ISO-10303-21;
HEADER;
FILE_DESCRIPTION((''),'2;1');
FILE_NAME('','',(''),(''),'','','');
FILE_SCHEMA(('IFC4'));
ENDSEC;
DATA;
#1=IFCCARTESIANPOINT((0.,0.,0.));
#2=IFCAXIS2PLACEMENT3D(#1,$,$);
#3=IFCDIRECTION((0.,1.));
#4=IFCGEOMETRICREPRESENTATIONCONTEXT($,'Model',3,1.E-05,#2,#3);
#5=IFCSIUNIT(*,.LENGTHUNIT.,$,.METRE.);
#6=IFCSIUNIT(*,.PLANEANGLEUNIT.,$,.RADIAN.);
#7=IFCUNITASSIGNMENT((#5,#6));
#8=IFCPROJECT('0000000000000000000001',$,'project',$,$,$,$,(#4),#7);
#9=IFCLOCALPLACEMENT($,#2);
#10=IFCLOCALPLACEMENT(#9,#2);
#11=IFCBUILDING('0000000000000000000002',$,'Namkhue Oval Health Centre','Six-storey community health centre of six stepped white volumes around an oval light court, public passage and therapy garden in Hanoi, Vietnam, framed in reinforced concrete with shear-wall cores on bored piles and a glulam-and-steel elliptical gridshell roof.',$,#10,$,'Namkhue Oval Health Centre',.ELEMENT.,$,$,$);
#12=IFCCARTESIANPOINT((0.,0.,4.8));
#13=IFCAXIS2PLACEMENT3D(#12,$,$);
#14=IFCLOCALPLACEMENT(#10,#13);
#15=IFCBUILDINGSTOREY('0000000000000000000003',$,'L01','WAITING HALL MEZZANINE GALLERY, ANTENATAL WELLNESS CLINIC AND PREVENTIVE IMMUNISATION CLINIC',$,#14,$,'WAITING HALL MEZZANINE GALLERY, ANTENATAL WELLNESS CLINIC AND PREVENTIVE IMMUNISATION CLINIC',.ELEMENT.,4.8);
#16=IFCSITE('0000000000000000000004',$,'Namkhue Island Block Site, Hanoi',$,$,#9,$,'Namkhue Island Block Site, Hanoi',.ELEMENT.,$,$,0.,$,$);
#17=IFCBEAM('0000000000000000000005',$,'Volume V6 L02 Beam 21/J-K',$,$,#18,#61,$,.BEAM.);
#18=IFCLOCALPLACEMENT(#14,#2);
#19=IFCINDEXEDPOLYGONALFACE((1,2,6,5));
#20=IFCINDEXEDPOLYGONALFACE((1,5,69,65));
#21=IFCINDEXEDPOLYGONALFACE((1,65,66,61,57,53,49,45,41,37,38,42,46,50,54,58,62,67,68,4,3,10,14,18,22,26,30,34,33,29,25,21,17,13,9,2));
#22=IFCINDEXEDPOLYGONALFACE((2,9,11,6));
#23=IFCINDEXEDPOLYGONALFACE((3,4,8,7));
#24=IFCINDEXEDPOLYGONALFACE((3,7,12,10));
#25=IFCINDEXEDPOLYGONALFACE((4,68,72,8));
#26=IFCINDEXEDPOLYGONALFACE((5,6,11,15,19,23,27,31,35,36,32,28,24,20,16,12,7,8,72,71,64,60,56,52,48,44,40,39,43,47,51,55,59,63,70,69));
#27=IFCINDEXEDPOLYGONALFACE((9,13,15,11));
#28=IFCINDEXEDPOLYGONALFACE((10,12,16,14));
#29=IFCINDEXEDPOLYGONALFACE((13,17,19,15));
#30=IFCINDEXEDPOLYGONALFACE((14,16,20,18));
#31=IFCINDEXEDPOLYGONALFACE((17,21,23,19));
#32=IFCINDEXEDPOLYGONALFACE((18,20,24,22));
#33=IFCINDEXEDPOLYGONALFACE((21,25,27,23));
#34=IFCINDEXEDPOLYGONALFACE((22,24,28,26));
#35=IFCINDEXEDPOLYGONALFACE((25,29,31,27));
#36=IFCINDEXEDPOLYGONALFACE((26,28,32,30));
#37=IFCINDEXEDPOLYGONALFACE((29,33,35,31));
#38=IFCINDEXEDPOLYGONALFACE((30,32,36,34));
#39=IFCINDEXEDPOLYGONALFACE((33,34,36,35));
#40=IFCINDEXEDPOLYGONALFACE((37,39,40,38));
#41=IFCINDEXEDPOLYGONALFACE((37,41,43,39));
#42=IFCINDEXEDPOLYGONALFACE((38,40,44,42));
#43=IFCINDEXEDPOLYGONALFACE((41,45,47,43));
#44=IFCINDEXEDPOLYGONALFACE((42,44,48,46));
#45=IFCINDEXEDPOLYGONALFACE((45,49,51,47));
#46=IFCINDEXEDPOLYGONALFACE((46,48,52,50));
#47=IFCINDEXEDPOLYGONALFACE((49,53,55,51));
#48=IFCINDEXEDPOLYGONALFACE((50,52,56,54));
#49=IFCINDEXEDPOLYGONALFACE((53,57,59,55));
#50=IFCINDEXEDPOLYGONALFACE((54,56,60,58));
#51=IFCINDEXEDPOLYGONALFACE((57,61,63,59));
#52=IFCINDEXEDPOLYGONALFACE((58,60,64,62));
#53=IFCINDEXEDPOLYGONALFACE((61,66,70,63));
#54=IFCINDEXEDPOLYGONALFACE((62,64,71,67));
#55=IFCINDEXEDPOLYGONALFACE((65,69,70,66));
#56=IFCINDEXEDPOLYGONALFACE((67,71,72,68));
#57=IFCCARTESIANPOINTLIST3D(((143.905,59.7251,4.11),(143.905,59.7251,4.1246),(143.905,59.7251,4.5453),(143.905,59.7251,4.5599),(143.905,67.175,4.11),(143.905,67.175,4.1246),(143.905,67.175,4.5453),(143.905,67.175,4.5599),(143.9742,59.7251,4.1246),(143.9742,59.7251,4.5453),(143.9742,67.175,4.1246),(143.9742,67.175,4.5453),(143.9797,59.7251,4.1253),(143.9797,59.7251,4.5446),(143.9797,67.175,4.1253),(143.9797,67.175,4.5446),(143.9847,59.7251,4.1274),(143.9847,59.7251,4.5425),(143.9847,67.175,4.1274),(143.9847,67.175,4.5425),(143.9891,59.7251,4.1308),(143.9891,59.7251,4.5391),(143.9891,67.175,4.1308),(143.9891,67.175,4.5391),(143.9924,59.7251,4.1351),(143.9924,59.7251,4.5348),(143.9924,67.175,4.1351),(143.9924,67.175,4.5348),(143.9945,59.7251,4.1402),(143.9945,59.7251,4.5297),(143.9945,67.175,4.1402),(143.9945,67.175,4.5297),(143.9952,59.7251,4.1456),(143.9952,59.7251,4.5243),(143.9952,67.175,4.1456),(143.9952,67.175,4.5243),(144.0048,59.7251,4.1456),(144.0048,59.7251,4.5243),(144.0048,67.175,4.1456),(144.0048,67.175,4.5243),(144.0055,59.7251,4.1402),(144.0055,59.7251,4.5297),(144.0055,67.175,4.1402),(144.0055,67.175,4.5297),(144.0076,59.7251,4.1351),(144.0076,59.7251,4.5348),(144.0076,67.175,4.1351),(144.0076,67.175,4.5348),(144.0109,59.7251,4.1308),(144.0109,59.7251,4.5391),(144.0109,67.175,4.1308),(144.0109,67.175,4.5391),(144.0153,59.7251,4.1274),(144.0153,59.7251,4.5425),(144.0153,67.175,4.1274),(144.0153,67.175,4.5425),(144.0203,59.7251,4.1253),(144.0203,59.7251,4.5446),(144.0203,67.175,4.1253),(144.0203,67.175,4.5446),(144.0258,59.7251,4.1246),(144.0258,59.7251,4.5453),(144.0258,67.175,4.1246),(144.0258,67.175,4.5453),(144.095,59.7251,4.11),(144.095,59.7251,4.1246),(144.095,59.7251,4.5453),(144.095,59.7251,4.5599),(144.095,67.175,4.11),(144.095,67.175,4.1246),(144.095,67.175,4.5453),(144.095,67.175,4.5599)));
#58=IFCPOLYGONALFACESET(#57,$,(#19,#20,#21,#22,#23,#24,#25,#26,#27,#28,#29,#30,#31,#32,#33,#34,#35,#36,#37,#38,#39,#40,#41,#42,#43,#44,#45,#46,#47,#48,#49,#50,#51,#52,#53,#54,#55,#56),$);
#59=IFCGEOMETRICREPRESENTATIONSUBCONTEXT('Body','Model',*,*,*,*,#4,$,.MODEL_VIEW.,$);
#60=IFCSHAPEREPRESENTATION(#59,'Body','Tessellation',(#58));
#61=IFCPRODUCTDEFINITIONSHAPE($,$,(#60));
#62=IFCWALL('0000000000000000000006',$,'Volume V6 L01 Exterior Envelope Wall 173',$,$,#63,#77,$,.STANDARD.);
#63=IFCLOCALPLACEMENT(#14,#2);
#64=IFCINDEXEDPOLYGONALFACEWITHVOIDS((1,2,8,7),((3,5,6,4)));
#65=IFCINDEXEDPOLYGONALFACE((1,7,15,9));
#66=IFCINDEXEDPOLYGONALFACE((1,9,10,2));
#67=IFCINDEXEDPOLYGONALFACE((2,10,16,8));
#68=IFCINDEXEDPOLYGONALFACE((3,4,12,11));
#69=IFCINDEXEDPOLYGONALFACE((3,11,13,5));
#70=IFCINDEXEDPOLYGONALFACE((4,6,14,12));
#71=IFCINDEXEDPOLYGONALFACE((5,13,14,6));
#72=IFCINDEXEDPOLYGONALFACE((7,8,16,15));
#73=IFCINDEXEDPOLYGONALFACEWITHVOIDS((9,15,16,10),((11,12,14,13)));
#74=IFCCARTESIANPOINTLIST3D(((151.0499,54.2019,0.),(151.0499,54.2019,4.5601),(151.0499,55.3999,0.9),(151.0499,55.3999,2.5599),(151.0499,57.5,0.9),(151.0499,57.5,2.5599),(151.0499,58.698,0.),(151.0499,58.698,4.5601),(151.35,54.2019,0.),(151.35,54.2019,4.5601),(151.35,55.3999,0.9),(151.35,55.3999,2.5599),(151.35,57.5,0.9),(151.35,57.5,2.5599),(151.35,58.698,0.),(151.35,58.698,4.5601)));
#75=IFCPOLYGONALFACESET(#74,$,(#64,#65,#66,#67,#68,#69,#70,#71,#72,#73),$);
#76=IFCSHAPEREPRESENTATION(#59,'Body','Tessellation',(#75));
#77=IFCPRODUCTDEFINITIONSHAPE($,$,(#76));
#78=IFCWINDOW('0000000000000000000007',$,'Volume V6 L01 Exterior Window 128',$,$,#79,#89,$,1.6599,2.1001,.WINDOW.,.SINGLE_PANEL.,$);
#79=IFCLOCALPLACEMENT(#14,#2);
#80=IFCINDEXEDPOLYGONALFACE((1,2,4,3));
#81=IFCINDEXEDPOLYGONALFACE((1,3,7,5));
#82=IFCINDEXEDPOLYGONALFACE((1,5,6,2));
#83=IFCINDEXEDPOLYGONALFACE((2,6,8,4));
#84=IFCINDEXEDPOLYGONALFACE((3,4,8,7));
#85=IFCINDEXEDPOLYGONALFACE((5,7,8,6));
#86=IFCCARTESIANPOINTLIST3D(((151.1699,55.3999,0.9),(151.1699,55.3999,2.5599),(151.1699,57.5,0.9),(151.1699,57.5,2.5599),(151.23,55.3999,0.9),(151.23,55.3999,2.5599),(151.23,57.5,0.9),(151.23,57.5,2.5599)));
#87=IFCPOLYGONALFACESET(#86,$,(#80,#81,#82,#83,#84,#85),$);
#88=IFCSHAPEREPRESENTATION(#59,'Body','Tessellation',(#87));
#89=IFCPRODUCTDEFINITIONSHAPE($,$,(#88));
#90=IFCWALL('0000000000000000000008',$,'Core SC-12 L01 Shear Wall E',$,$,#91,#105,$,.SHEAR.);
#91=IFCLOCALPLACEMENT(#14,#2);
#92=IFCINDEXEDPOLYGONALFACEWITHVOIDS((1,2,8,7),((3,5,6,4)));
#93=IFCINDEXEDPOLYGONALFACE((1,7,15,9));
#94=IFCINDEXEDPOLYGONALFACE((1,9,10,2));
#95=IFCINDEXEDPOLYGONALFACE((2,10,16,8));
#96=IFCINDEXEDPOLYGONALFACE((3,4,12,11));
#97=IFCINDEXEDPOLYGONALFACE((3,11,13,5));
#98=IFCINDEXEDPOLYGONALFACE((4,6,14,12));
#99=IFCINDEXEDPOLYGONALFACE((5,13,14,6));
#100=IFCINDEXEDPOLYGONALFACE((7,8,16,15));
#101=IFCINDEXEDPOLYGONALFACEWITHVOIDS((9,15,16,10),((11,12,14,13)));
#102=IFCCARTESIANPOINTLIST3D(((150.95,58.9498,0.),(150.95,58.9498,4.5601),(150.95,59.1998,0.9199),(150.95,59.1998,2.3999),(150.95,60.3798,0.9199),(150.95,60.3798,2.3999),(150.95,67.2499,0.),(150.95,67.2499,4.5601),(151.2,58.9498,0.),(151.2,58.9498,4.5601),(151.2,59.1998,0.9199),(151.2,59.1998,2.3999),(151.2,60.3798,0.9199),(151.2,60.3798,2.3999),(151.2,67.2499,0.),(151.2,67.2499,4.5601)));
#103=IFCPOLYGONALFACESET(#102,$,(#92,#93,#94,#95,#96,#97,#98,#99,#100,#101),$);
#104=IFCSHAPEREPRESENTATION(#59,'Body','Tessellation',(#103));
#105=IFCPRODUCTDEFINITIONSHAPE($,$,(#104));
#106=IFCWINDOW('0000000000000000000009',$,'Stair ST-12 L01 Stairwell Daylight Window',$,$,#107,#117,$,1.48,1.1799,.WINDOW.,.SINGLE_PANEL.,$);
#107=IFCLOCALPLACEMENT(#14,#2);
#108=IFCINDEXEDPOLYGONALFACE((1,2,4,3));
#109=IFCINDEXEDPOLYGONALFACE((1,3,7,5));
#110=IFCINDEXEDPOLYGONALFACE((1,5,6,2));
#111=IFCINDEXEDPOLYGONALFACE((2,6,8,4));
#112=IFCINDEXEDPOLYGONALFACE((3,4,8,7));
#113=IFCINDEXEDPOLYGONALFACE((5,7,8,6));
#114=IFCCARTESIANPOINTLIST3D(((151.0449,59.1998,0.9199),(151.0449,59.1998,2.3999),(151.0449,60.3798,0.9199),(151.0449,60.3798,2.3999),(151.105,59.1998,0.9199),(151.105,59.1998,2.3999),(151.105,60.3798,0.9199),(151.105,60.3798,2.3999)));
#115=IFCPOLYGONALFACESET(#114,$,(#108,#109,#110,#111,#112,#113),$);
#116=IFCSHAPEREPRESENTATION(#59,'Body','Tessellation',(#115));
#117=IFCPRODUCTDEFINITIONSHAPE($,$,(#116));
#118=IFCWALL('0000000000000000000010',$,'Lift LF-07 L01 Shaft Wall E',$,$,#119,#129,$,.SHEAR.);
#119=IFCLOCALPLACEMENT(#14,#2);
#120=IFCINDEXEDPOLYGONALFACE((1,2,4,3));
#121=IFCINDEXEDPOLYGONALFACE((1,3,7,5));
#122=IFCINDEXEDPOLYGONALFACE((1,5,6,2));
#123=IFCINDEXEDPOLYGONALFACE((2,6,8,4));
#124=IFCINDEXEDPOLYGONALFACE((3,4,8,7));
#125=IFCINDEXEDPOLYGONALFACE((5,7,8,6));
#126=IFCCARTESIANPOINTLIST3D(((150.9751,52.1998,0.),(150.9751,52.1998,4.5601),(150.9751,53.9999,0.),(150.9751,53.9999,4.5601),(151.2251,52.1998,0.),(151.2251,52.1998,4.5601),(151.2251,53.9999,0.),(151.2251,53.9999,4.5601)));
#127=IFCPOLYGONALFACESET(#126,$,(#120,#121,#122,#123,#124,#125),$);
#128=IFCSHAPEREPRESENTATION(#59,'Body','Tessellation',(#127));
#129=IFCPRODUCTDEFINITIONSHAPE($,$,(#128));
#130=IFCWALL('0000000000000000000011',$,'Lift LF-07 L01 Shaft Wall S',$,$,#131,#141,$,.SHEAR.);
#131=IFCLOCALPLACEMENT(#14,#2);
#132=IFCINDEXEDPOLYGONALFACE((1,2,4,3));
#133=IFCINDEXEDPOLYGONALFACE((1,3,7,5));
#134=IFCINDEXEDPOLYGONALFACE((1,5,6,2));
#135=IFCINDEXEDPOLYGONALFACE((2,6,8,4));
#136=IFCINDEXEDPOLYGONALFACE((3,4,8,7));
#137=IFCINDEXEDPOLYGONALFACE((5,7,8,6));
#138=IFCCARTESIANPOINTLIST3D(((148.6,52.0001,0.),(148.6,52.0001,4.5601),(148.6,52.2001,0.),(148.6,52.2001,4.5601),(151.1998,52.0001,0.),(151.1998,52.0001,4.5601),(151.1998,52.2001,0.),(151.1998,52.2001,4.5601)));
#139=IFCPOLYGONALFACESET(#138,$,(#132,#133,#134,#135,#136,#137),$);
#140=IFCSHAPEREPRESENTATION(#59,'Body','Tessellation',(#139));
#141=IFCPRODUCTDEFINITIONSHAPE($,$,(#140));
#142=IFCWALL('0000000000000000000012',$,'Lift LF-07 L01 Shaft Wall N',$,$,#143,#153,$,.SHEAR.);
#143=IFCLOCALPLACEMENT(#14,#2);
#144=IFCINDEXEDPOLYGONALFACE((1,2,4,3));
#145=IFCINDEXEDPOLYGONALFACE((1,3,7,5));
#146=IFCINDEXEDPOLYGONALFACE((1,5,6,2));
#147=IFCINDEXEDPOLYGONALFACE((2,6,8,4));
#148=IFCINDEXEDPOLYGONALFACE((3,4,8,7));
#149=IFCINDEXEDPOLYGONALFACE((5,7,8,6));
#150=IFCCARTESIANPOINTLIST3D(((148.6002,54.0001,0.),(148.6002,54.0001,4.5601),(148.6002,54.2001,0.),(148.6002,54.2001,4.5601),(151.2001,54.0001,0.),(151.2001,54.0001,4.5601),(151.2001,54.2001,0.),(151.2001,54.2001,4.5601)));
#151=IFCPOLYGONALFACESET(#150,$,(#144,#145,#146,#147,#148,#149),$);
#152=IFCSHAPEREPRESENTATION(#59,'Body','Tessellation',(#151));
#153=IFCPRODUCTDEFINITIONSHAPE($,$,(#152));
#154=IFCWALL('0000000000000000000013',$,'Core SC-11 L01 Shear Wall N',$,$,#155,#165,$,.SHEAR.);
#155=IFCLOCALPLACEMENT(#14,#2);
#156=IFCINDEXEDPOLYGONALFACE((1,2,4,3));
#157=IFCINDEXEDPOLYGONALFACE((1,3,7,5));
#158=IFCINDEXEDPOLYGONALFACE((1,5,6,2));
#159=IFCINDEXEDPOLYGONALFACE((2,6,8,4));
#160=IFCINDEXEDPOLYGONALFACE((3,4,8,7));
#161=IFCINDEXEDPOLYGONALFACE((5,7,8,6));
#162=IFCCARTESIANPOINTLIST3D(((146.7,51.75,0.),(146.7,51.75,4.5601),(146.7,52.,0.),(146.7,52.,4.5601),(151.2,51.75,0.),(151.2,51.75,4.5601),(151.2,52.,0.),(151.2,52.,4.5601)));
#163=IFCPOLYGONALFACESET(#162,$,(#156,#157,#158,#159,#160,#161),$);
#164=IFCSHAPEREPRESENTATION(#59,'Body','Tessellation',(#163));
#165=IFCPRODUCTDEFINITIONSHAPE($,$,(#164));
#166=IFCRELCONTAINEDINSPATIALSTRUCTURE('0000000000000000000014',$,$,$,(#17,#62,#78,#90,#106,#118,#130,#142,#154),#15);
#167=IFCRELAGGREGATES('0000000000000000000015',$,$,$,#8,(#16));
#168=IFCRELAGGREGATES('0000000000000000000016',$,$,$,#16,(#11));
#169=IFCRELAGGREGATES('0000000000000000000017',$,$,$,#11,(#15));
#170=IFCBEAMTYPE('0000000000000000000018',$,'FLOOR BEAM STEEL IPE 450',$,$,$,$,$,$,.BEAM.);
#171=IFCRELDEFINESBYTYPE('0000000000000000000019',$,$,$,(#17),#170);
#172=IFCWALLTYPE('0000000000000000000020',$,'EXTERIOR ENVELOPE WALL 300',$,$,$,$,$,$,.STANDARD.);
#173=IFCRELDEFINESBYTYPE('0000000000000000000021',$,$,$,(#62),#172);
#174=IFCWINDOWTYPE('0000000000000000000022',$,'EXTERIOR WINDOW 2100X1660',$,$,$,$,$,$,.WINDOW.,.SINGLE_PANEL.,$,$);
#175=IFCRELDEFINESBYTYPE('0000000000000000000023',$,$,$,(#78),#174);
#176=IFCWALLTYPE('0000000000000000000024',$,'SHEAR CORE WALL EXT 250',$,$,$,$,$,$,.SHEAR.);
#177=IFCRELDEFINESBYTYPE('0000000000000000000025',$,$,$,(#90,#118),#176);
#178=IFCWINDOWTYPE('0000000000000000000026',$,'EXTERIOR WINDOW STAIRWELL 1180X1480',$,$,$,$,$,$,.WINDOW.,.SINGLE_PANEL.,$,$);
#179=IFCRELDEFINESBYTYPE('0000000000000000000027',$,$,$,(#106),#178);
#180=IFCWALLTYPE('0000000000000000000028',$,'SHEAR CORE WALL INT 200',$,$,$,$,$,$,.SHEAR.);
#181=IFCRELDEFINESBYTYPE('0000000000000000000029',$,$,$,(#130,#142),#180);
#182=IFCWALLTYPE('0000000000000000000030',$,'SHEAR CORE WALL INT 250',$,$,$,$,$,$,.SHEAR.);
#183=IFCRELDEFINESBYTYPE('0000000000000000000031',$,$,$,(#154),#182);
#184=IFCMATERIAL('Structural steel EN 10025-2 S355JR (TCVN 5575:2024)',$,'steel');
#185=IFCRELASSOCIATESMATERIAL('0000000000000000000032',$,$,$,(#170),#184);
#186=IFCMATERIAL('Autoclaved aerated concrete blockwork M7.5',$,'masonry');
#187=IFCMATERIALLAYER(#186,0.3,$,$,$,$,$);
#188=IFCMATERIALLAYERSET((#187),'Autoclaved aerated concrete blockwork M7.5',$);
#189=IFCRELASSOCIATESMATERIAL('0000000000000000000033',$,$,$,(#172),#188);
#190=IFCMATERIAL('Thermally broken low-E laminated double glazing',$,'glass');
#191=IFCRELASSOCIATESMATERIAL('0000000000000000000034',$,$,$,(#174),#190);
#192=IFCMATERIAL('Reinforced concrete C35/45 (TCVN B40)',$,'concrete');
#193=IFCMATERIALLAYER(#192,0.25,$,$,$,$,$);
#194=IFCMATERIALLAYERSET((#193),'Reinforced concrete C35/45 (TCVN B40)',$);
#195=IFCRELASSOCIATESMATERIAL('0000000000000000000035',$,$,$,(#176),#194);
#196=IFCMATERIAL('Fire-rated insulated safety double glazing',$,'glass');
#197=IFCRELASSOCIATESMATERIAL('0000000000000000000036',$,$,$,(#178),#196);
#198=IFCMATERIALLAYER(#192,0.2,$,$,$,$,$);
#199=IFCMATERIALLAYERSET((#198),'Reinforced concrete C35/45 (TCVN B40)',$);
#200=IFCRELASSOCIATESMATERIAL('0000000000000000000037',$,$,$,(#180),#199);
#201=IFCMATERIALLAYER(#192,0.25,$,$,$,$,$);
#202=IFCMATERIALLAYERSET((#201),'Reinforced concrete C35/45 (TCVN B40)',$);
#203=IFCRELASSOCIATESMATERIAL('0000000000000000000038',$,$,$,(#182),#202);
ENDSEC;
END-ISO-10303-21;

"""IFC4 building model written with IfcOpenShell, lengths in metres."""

from ifc_helpers import new_model, si_unit, direction, frame, frame_2d, origin, origin_2d, place, context, subcontext, project, spatial, rectangle, i_section, extrude, material, layer, layer_set, material_profile, profile_set, type_object, element, fill, save


model = new_model("IFC4")

# Units and contexts
model_context = context("Model", 3, precision=1e-05, world=origin(), true_north=direction((0.0, 1.0)))
body_context = subcontext(model_context, "Body", "Model", "MODEL_VIEW")
ifc_project = project(units=[si_unit("LENGTHUNIT", "METRE"), si_unit("PLANEANGLEUNIT", "RADIAN")], contexts=[model_context])

# Site, building, storey
site_placement = place(None, origin())
site = spatial("IfcSite", under=ifc_project, at=site_placement, Name="Namkhue Island Block Site, Hanoi", LongName="Namkhue Island Block Site, Hanoi", CompositionType="ELEMENT", RefElevation=0.0)
building_placement = place(site_placement, origin())
building = spatial("IfcBuilding", under=site, at=building_placement, Name="Namkhue Oval Health Centre", Description="Six-storey community health centre of six stepped white volumes around an oval light court, public passage and therapy garden in Hanoi, Vietnam, framed in reinforced concrete with shear-wall cores on bored piles and a glulam-and-steel elliptical gridshell roof.", LongName="Namkhue Oval Health Centre", CompositionType="ELEMENT")
storey_placement = place(building_placement, frame((0.0, 0.0, 4.8)))
storey = spatial("IfcBuildingStorey", under=building, at=storey_placement, Name="L01", Description="WAITING HALL MEZZANINE GALLERY, ANTENATAL WELLNESS CLINIC AND PREVENTIVE IMMUNISATION CLINIC", LongName="WAITING HALL MEZZANINE GALLERY, ANTENATAL WELLNESS CLINIC AND PREVENTIVE IMMUNISATION CLINIC", CompositionType="ELEMENT", Elevation=4.8)

# Shared definitions
ifc_material_1 = material(Name="Reinforced concrete C35/45 (TCVN B40)", Category="concrete")

# Beam
ifc_material_2 = material(Name="Structural steel EN 10025-2 S355JR (TCVN 5575:2024)", Category="steel")
ifc_material_profile_1 = material_profile(ifc_material_2, i_section(OverallWidth=0.1899, OverallDepth=0.45, WebThickness=0.0095, FlangeThickness=0.0146, FilletRadius=0.021, at=origin_2d()), Name="IPE 450")
ifc_profile_set_1 = profile_set([ifc_material_profile_1], Name="Structural steel EN 10025-2 S355JR (TCVN 5575:2024)")
beam_type = type_object("IfcBeamType", Name="FLOOR BEAM STEEL IPE 450", PredefinedType="BEAM", material=ifc_profile_set_1)
for number, where, z_axis, x_axis, name in (
    (1, (144.0, 59.7251, 4.335), (0.0, 1.0, 0.0), (-1.0, 0.0, 0.0), "Volume V6 L02 Beam 21/J-K"),
):
    element("IfcBeam", number, at=place(storey_placement, frame(where, z_axis=z_axis, x_axis=x_axis)), inside=storey, type_object=beam_type, Name=name, PredefinedType="BEAM", context=body_context, shape_type="SweptSolid", body=[
        extrude(i_section(OverallWidth=0.1899, OverallDepth=0.45, WebThickness=0.0095, FlangeThickness=0.0146, FilletRadius=0.021, at=origin_2d()), origin(), (0.0, 0.0, 1.0), 7.45),
    ])

# Walls, openings, windows
ifc_material_3 = material(Name="Autoclaved aerated concrete blockwork M7.5", Category="masonry")
ifc_layer_1 = layer(ifc_material_3, 0.3)
ifc_layer_set_1 = layer_set([ifc_layer_1], Name="Autoclaved aerated concrete blockwork M7.5")
wall_type_1 = type_object("IfcWallType", Name="EXTERIOR ENVELOPE WALL 300", PredefinedType="STANDARD", material=ifc_layer_set_1)
wall_1_placement = place(storey_placement, frame((151.2, 54.2019, 0.0), z_axis=(0.0, 0.0, 1.0), x_axis=(0.0, 1.0, 0.0)))
wall_1 = element("IfcWall", 2, at=wall_1_placement, inside=storey, type_object=wall_type_1, Name="Volume V6 L01 Exterior Envelope Wall 173", PredefinedType="STANDARD", context=body_context, shape_type="SweptSolid", body=[
    extrude(rectangle(XDim=4.4961, YDim=0.3, at=frame_2d((2.248, 0.0))), origin(), (0.0, 0.0, 1.0), 4.5601),
])
opening_1_placement = place(wall_1_placement, frame((1.198, 0.0, 0.8999)))
opening_1 = element("IfcOpeningElement", 3, at=opening_1_placement, cuts=wall_1, PredefinedType="OPENING", context=body_context, shape_type="SweptSolid", body=[
    extrude(rectangle(XDim=2.1001, YDim=1.6599, at=frame_2d((1.05, 0.8301))), frame((0.0, 0.1599, 0.0), z_axis=(0.0, -1.0, 0.0), x_axis=(1.0, 0.0, 0.0)), (0.0, 0.0, 1.0), 0.3201),
])
ifc_material_4 = material(Name="Thermally broken low-E laminated double glazing", Category="glass")
window_type_1 = type_object("IfcWindowType", Name="EXTERIOR WINDOW 2100X1660", PartitioningType="SINGLE_PANEL", PredefinedType="WINDOW", material=ifc_material_4)
window_1_placement = place(opening_1_placement, origin())
window_1 = element("IfcWindow", 4, at=window_1_placement, inside=storey, type_object=window_type_1, Name="Volume V6 L01 Exterior Window 128", OverallHeight=1.6599, OverallWidth=2.1001, PartitioningType="SINGLE_PANEL", PredefinedType="WINDOW", context=body_context, shape_type="SweptSolid", body=[
    extrude(rectangle(XDim=2.1001, YDim=1.6599, at=frame_2d((1.05, 0.8301))), frame((0.0, 0.03, 0.0), z_axis=(0.0, -1.0, 0.0), x_axis=(1.0, 0.0, 0.0)), (0.0, 0.0, 1.0), 0.0601),
])
fill(opening_1, window_1)
ifc_layer_2 = layer(ifc_material_1, 0.25)
ifc_layer_set_2 = layer_set([ifc_layer_2], Name="Reinforced concrete C35/45 (TCVN B40)")
wall_type_2 = type_object("IfcWallType", Name="SHEAR CORE WALL EXT 250", PredefinedType="SHEAR", material=ifc_layer_set_2)
wall_2_placement = place(storey_placement, frame((151.075, 58.95, 0.0), z_axis=(0.0, 0.0, 1.0), x_axis=(0.0, 1.0, 0.0)))
wall_2 = element("IfcWall", 5, at=wall_2_placement, inside=storey, type_object=wall_type_2, Name="Core SC-12 L01 Shear Wall E", PredefinedType="SHEAR", context=body_context, shape_type="SweptSolid", body=[
    extrude(rectangle(XDim=8.3, YDim=0.25, at=frame_2d((4.1499, 0.0))), origin(), (0.0, 0.0, 1.0), 4.5601),
])
opening_2_placement = place(wall_2_placement, frame((0.25, 0.0, 0.9199)))
opening_2 = element("IfcOpeningElement", 6, at=opening_2_placement, cuts=wall_2, PredefinedType="OPENING", context=body_context, shape_type="SweptSolid", body=[
    extrude(rectangle(XDim=1.1799, YDim=1.48, at=frame_2d((0.5898, 0.74))), frame((0.0, 0.135, 0.0), z_axis=(0.0, -1.0, 0.0), x_axis=(1.0, 0.0, 0.0)), (0.0, 0.0, 1.0), 0.27),
])
ifc_material_5 = material(Name="Fire-rated insulated safety double glazing", Category="glass")
window_type_2 = type_object("IfcWindowType", Name="EXTERIOR WINDOW STAIRWELL 1180X1480", PartitioningType="SINGLE_PANEL", PredefinedType="WINDOW", material=ifc_material_5)
window_2_placement = place(opening_2_placement, origin())
window_2 = element("IfcWindow", 7, at=window_2_placement, inside=storey, type_object=window_type_2, Name="Stair ST-12 L01 Stairwell Daylight Window", OverallHeight=1.48, OverallWidth=1.1799, PartitioningType="SINGLE_PANEL", PredefinedType="WINDOW", context=body_context, shape_type="SweptSolid", body=[
    extrude(rectangle(XDim=1.1799, YDim=1.48, at=frame_2d((0.5898, 0.74))), frame((0.0, 0.03, 0.0), z_axis=(0.0, -1.0, 0.0), x_axis=(1.0, 0.0, 0.0)), (0.0, 0.0, 1.0), 0.0601),
])
fill(opening_2, window_2)

# Walls
wall_3_placement = place(storey_placement, frame((151.1001, 52.2, 0.0), z_axis=(0.0, 0.0, 1.0), x_axis=(0.0, 1.0, 0.0)))
element("IfcWall", 8, at=wall_3_placement, inside=storey, type_object=wall_type_2, Name="Lift LF-07 L01 Shaft Wall E", PredefinedType="SHEAR", context=body_context, shape_type="SweptSolid", body=[
    extrude(rectangle(XDim=1.8, YDim=0.25, at=frame_2d((0.8999, 0.0))), origin(), (0.0, 0.0, 1.0), 4.5601),
])
ifc_layer_3 = layer(ifc_material_1, 0.2)
ifc_layer_set_3 = layer_set([ifc_layer_3], Name="Reinforced concrete C35/45 (TCVN B40)")
wall_type_3 = type_object("IfcWallType", Name="SHEAR CORE WALL INT 200", PredefinedType="SHEAR", material=ifc_layer_set_3)
for number, where, z_axis, x_axis, name in (
    (9, (148.6001, 52.1001, 0.0), (0.0, 0.0, 1.0), (1.0, 0.0, 0.0), "Lift LF-07 L01 Shaft Wall S"),
    (10, (151.2, 54.1001, 0.0), (0.0, 0.0, 1.0), (-1.0, 0.0, 0.0), "Lift LF-07 L01 Shaft Wall N"),
):
    element("IfcWall", number, at=place(storey_placement, frame(where, z_axis=z_axis, x_axis=x_axis)), inside=storey, type_object=wall_type_3, Name=name, PredefinedType="SHEAR", context=body_context, shape_type="SweptSolid", body=[
        extrude(rectangle(XDim=2.5999, YDim=0.2, at=frame_2d((1.2998, 0.0))), origin(), (0.0, 0.0, 1.0), 4.5601),
    ])

# Wall
ifc_layer_4 = layer(ifc_material_1, 0.25)
ifc_layer_set_4 = layer_set([ifc_layer_4], Name="Reinforced concrete C35/45 (TCVN B40)")
wall_type_4 = type_object("IfcWallType", Name="SHEAR CORE WALL INT 250", PredefinedType="SHEAR", material=ifc_layer_set_4)
wall_4_placement = place(storey_placement, frame((151.2, 51.875, 0.0), z_axis=(0.0, 0.0, 1.0), x_axis=(-1.0, 0.0, 0.0)))
element("IfcWall", 11, at=wall_4_placement, inside=storey, type_object=wall_type_4, Name="Core SC-11 L01 Shear Wall N", PredefinedType="SHEAR", context=body_context, shape_type="SweptSolid", body=[
    extrude(rectangle(XDim=4.5, YDim=0.25, at=frame_2d((2.25, 0.0))), origin(), (0.0, 0.0, 1.0), 4.5601),
])

save(model, "model.ifc")
